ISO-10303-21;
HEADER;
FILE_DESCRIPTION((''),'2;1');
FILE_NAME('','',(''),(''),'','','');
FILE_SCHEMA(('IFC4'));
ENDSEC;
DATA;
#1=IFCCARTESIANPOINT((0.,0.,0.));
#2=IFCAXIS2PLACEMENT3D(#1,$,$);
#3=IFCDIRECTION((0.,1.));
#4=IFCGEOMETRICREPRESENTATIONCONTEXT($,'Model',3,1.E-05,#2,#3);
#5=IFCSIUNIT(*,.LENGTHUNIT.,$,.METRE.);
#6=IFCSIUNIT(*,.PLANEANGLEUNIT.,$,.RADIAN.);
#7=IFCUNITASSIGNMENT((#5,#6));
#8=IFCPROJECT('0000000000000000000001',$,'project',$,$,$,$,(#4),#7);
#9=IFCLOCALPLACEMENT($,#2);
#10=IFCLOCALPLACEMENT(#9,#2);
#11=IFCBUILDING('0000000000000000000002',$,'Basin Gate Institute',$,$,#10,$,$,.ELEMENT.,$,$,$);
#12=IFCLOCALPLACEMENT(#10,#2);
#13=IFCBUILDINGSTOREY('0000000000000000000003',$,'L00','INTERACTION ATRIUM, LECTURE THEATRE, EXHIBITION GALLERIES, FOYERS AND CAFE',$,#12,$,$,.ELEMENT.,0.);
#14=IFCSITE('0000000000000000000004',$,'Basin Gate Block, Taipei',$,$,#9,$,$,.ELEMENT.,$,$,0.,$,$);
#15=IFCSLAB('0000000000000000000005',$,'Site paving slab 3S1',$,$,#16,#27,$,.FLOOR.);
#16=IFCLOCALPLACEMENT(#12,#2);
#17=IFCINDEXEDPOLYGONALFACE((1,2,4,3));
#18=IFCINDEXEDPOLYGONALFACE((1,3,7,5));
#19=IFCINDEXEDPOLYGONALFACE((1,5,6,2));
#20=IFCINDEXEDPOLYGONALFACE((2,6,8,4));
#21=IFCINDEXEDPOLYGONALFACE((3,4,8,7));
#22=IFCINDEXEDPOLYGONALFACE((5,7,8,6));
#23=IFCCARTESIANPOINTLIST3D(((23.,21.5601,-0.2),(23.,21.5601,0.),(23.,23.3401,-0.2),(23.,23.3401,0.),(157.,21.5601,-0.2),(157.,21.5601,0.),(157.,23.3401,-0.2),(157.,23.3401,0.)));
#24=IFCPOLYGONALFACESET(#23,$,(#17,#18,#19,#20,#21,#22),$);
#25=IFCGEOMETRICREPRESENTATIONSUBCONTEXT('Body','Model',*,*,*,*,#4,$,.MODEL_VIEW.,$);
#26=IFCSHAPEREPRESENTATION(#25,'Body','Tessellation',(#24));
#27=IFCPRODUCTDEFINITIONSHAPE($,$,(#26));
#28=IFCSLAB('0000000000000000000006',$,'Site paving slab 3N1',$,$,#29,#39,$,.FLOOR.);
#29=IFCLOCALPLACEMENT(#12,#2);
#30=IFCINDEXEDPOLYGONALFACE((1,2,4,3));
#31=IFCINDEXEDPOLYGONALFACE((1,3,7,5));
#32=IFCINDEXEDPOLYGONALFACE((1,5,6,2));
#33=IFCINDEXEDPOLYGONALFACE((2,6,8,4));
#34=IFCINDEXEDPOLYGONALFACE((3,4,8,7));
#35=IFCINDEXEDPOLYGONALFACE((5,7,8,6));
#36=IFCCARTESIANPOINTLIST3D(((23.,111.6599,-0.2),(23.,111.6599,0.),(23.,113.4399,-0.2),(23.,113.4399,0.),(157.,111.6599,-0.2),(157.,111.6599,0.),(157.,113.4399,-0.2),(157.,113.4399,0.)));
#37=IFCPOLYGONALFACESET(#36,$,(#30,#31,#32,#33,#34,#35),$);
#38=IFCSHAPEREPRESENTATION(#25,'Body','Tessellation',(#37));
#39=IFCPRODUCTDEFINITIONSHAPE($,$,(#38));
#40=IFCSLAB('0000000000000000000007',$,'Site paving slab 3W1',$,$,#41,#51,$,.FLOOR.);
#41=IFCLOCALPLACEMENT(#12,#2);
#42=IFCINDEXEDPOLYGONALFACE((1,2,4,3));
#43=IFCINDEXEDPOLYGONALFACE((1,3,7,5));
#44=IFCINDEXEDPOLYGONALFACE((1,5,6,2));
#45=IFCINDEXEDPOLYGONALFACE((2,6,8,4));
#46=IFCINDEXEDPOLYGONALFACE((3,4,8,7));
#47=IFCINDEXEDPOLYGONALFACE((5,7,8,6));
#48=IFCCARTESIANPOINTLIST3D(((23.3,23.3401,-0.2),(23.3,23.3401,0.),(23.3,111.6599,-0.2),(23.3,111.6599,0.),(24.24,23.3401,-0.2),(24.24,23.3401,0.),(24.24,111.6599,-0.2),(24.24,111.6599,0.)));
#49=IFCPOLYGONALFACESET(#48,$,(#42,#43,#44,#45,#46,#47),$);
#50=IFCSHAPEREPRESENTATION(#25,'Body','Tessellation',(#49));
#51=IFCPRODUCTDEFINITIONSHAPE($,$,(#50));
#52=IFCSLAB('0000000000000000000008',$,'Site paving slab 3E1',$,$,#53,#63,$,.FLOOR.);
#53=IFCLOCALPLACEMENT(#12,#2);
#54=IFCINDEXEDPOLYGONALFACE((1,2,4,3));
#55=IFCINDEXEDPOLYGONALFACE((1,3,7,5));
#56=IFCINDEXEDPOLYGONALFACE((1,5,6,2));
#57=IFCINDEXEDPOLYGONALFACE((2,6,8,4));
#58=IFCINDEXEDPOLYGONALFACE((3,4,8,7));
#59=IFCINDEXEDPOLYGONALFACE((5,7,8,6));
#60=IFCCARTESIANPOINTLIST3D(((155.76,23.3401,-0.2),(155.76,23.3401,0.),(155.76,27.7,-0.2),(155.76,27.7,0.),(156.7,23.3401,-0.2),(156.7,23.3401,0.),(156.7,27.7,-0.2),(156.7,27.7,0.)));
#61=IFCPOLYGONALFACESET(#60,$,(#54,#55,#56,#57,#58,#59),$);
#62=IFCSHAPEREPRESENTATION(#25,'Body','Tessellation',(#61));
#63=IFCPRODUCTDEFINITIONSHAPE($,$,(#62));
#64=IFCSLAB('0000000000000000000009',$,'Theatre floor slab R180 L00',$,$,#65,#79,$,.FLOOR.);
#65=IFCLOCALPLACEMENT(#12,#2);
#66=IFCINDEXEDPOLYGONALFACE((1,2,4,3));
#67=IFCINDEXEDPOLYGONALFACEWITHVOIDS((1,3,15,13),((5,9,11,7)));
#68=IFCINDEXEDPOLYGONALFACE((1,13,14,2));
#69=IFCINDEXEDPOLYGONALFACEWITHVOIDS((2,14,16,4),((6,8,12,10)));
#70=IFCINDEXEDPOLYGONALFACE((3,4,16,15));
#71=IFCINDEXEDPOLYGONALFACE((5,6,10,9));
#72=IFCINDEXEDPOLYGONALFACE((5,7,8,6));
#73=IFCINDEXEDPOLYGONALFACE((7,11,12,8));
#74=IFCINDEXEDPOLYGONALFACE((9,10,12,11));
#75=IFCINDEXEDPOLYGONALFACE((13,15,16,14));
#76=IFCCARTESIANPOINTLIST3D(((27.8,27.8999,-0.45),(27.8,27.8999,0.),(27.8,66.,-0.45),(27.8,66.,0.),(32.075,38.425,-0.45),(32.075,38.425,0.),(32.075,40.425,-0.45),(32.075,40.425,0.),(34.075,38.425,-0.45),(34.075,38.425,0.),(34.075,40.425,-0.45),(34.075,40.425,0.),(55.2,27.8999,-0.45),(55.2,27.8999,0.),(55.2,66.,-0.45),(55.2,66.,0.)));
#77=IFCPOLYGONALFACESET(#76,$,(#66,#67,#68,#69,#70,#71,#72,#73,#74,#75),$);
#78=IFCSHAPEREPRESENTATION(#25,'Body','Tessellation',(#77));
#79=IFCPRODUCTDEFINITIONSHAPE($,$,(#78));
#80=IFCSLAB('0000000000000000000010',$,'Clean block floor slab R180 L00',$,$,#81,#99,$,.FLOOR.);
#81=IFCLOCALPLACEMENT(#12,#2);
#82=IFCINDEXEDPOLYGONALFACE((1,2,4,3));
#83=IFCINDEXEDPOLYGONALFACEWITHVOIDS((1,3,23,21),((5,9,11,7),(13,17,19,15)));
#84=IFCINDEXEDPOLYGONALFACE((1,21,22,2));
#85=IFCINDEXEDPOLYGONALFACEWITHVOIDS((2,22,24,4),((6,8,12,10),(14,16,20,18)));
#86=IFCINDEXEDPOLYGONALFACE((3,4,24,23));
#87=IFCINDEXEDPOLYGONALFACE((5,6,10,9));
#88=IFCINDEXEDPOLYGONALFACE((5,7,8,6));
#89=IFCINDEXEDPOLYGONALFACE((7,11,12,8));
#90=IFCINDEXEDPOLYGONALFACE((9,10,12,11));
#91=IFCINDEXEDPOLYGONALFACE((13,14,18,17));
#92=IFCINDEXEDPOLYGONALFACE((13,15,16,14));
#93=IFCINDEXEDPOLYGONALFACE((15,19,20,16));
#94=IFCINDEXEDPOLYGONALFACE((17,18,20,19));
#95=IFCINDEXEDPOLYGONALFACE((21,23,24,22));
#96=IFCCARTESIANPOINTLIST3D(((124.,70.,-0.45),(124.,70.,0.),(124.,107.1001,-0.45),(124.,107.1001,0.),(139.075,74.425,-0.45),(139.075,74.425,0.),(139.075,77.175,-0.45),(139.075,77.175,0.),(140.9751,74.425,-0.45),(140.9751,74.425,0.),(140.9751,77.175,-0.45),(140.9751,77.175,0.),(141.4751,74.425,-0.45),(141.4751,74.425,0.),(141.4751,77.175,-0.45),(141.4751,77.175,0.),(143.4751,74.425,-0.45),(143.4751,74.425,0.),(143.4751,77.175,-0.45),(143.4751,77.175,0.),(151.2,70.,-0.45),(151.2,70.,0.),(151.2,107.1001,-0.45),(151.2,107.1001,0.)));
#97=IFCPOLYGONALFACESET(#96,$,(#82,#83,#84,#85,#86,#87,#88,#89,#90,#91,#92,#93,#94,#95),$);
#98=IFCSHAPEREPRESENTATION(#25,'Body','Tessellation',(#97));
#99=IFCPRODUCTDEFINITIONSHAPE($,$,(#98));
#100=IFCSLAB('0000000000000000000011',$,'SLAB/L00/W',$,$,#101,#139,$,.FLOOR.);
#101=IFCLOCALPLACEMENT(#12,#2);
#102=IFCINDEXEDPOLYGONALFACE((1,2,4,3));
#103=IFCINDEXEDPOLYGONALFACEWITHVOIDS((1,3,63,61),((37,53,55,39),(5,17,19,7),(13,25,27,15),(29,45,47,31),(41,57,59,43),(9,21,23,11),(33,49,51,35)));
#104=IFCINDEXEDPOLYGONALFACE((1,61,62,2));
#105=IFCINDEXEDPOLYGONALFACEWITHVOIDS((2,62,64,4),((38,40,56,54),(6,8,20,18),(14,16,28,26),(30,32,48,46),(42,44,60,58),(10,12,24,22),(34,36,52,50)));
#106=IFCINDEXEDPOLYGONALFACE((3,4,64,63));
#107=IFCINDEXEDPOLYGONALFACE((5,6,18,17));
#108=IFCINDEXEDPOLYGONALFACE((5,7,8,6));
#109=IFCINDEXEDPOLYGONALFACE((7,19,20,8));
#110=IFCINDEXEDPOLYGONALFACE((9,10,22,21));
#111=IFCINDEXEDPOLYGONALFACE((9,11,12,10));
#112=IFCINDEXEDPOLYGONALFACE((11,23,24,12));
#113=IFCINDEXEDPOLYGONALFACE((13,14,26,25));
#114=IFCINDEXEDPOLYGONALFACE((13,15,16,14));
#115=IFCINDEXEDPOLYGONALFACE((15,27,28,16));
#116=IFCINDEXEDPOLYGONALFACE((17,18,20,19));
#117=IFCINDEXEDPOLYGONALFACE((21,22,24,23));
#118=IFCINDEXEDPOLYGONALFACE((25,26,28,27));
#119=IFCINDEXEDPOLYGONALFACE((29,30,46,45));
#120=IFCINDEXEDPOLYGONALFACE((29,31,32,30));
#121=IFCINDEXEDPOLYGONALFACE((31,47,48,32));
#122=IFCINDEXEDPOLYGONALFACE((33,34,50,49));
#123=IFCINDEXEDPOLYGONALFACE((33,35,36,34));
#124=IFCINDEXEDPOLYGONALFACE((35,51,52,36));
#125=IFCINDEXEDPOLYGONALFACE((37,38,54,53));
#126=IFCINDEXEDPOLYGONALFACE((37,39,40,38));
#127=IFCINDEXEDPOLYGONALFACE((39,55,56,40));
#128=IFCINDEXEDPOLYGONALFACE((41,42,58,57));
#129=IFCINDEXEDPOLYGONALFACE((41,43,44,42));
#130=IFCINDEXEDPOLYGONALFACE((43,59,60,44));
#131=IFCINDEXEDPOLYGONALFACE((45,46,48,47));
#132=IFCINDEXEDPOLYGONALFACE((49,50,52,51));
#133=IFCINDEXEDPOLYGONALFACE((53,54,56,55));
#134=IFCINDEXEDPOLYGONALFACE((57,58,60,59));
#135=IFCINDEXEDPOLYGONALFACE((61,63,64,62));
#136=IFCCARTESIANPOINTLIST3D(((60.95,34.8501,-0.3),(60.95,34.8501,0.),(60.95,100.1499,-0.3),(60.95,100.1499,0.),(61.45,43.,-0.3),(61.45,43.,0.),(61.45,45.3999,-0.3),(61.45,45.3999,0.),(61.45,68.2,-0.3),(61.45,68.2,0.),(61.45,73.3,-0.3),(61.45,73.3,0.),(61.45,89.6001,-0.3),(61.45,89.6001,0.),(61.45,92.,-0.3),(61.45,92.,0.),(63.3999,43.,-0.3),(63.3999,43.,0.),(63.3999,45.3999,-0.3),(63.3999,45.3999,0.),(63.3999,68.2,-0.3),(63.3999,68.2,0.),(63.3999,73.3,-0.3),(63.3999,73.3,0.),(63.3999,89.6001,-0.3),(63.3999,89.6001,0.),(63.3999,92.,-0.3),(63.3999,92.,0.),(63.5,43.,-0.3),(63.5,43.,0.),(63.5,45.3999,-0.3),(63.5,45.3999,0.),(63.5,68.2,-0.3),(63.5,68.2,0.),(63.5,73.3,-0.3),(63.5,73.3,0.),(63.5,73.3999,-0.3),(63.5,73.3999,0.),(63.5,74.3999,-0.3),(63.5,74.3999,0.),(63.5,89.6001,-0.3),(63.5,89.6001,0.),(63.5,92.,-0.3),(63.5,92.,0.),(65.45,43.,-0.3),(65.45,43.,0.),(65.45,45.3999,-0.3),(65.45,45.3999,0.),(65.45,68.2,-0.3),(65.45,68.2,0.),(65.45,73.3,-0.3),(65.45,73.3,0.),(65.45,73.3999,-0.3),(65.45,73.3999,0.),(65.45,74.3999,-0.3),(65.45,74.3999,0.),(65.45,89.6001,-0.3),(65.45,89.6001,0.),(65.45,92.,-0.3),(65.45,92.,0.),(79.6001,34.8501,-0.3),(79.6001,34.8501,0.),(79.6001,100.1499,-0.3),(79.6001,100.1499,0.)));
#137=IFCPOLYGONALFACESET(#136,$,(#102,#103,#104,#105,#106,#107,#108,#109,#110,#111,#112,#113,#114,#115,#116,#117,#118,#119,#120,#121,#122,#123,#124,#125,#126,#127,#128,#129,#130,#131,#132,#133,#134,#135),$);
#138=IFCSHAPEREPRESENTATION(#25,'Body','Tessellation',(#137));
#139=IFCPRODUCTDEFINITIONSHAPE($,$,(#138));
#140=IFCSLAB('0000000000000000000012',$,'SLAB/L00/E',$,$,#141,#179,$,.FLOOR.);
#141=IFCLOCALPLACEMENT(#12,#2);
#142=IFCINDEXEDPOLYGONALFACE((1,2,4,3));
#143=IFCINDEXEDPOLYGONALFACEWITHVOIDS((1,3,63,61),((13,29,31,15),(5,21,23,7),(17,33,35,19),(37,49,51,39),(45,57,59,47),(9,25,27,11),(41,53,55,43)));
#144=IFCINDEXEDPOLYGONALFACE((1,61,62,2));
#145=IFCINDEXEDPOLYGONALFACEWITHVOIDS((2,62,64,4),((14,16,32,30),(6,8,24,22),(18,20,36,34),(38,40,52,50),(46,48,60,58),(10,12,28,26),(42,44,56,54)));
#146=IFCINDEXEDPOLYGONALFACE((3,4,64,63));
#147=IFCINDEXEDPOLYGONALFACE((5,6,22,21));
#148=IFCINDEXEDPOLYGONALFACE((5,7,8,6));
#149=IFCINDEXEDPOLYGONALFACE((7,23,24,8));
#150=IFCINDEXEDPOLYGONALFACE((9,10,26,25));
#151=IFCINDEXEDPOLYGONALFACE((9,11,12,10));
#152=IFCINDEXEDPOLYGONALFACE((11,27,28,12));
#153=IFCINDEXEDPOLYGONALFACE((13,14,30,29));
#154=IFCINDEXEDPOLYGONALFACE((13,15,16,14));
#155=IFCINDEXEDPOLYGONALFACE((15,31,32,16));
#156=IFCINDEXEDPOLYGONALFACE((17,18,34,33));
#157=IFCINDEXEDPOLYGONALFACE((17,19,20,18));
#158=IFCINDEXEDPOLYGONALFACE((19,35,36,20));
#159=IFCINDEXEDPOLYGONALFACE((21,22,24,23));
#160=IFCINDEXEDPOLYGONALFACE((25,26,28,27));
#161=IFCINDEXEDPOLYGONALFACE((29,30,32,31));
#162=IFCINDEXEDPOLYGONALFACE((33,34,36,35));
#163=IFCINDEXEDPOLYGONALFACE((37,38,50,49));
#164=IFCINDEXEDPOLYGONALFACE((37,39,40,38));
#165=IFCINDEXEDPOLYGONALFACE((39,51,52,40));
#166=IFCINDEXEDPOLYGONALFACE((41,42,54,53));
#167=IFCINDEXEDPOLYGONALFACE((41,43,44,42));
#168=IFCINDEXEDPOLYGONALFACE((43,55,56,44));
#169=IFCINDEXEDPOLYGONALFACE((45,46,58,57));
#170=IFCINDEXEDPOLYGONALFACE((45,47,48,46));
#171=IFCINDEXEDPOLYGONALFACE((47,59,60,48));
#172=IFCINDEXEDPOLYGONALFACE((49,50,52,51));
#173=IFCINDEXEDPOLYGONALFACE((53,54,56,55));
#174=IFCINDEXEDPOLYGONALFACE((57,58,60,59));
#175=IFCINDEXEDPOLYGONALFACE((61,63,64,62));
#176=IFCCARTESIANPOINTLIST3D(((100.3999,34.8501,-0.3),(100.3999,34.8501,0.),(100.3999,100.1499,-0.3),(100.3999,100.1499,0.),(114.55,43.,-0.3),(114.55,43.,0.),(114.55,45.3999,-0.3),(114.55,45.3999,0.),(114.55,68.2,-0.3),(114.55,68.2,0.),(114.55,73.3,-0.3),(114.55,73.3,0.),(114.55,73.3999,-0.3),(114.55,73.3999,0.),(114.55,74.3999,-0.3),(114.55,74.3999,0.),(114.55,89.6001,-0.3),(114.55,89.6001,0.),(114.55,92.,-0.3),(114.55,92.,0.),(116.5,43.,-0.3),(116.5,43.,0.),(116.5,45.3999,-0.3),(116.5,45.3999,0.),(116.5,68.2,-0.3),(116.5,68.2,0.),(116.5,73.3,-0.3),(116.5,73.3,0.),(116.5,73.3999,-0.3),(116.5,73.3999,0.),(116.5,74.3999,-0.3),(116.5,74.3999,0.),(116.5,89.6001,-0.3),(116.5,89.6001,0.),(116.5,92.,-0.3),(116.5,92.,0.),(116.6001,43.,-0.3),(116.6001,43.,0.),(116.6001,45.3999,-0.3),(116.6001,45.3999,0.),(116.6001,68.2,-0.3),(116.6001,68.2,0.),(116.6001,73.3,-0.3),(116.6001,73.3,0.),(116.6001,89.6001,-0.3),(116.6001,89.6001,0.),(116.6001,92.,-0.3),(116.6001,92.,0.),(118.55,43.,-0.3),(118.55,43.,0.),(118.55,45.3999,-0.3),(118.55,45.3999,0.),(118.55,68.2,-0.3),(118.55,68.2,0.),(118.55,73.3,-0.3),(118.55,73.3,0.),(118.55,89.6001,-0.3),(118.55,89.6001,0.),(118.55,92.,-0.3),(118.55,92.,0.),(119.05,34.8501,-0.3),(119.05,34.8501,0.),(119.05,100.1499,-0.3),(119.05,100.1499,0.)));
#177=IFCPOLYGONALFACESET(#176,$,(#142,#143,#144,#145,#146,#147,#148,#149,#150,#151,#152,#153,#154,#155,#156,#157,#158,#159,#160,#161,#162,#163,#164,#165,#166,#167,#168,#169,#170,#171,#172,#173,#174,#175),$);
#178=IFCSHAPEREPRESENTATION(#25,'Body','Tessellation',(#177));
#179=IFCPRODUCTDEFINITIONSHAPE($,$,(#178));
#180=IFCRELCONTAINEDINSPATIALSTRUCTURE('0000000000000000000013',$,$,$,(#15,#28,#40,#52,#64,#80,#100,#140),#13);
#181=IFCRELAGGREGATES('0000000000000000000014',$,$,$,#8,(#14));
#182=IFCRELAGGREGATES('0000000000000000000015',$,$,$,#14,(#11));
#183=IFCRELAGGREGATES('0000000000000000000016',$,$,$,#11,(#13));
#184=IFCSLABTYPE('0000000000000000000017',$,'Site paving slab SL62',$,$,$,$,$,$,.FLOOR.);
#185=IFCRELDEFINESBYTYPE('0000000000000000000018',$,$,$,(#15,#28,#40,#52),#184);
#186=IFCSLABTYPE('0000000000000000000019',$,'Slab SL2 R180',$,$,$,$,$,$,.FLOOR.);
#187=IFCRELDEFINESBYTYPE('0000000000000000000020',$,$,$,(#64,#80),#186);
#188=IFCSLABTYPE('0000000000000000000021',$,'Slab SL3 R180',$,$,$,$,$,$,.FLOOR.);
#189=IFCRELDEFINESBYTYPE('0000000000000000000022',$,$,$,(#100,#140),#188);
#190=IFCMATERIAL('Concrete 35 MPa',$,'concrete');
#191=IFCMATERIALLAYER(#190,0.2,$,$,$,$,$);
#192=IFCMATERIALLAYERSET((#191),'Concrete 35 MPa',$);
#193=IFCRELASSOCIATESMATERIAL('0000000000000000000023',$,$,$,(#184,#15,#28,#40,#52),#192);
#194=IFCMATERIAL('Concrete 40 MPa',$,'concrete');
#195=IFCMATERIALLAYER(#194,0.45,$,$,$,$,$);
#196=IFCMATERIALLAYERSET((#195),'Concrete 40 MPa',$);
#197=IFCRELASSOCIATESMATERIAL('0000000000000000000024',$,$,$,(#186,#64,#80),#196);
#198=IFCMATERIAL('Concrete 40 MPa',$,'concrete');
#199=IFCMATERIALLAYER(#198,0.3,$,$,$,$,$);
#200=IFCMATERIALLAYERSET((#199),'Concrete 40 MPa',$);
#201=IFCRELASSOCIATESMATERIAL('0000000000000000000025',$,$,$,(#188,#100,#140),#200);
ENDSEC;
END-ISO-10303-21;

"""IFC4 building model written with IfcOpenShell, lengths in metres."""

from ifc_helpers import new_model, si_unit, direction, frame, origin, place, context, subcontext, project, spatial, polyline, outline, extrude, material, layer, layer_set, type_object, element, save


model = new_model("IFC4")

# Units and contexts
model_context = context("Model", 3, precision=1e-05, world=origin(), true_north=direction((0.0, 1.0)))
body_context = subcontext(model_context, "Body", "Model", "MODEL_VIEW")
ifc_project = project(units=[si_unit("LENGTHUNIT", "METRE"), si_unit("PLANEANGLEUNIT", "RADIAN")], contexts=[model_context])

# Site, building, storey
site_placement = place(None, origin())
site = spatial("IfcSite", under=ifc_project, at=site_placement, Name="Basin Gate Block, Taipei", CompositionType="ELEMENT", RefElevation=0.0)
building_placement = place(site_placement, origin())
building = spatial("IfcBuilding", under=site, at=building_placement, Name="Basin Gate Institute", CompositionType="ELEMENT")
storey_placement = place(building_placement, origin())
storey = spatial("IfcBuildingStorey", under=building, at=storey_placement, Name="L00", Description="INTERACTION ATRIUM, LECTURE THEATRE, EXHIBITION GALLERIES, FOYERS AND CAFE", CompositionType="ELEMENT", Elevation=0.0)

# Slabs
ifc_material_1 = material(Name="Concrete 35 MPa", Category="concrete")
ifc_layer_1 = layer(ifc_material_1, 0.2)
ifc_layer_set_1 = layer_set([ifc_layer_1], Name="Concrete 35 MPa")
slab_type_1 = type_object("IfcSlabType", Name="Site paving slab SL62", PredefinedType="FLOOR", material=ifc_layer_set_1)
slab_1_placement = place(storey_placement, frame((0.0, 0.0, -0.2)))
element("IfcSlab", 1, at=slab_1_placement, inside=storey, type_object=slab_type_1, material=ifc_layer_set_1, Name="Site paving slab 3S1", PredefinedType="FLOOR", context=body_context, shape_type="SweptSolid", body=[
    extrude(outline(polyline([(23.0, 21.5601), (23.0, 23.3401), (157.0, 23.3401), (157.0, 21.5601), (23.0, 21.5601)])), origin(), (0.0, 0.0, 1.0), 0.2),
])
slab_2_placement = place(storey_placement, frame((0.0, 0.0, -0.2)))
element("IfcSlab", 2, at=slab_2_placement, inside=storey, type_object=slab_type_1, material=ifc_layer_set_1, Name="Site paving slab 3N1", PredefinedType="FLOOR", context=body_context, shape_type="SweptSolid", body=[
    extrude(outline(polyline([(23.0, 111.6599), (23.0, 113.4399), (157.0, 113.4399), (157.0, 111.6599), (23.0, 111.6599)])), origin(), (0.0, 0.0, 1.0), 0.2),
])
slab_3_placement = place(storey_placement, frame((0.0, 0.0, -0.2)))
element("IfcSlab", 3, at=slab_3_placement, inside=storey, type_object=slab_type_1, material=ifc_layer_set_1, Name="Site paving slab 3W1", PredefinedType="FLOOR", context=body_context, shape_type="SweptSolid", body=[
    extrude(outline(polyline([(23.3, 23.3401), (23.3, 111.6599), (24.24, 111.6599), (24.24, 23.3401), (23.3, 23.3401)])), origin(), (0.0, 0.0, 1.0), 0.2),
])
slab_4_placement = place(storey_placement, frame((0.0, 0.0, -0.2)))
element("IfcSlab", 4, at=slab_4_placement, inside=storey, type_object=slab_type_1, material=ifc_layer_set_1, Name="Site paving slab 3E1", PredefinedType="FLOOR", context=body_context, shape_type="SweptSolid", body=[
    extrude(outline(polyline([(155.76, 23.3401), (155.76, 27.7), (156.7, 27.7), (156.7, 23.3401), (155.76, 23.3401)])), origin(), (0.0, 0.0, 1.0), 0.2),
])
ifc_material_2 = material(Name="Concrete 40 MPa", Category="concrete")
ifc_layer_2 = layer(ifc_material_2, 0.45)
ifc_layer_set_2 = layer_set([ifc_layer_2], Name="Concrete 40 MPa")
slab_type_2 = type_object("IfcSlabType", Name="Slab SL2 R180", PredefinedType="FLOOR", material=ifc_layer_set_2)
slab_5_placement = place(storey_placement, frame((0.0, 0.0, -0.45)))
element("IfcSlab", 5, at=slab_5_placement, inside=storey, type_object=slab_type_2, material=ifc_layer_set_2, Name="Theatre floor slab R180 L00", PredefinedType="FLOOR", context=body_context, shape_type="SweptSolid", body=[
    extrude(outline(polyline([(27.8, 66.0), (27.8, 27.8999), (55.2, 27.8999), (55.2, 66.0), (27.8, 66.0)]), holes=[polyline([(34.075, 38.425), (32.075, 38.425), (32.075, 40.425), (34.075, 40.425), (34.075, 38.425)])]), origin(), (0.0, 0.0, 1.0), 0.45),
])
slab_6_placement = place(storey_placement, frame((0.0, 0.0, -0.45)))
element("IfcSlab", 6, at=slab_6_placement, inside=storey, type_object=slab_type_2, material=ifc_layer_set_2, Name="Clean block floor slab R180 L00", PredefinedType="FLOOR", context=body_context, shape_type="SweptSolid", body=[
    extrude(outline(polyline([(124.0, 107.1001), (124.0, 70.0), (151.2, 70.0), (151.2, 107.1001), (124.0, 107.1001)]), holes=[polyline([(139.075, 74.425), (139.075, 77.175), (140.9751, 77.175), (140.9751, 74.425), (139.075, 74.425)]), polyline([(141.4751, 74.425), (141.4751, 77.175), (143.4751, 77.175), (143.4751, 74.425), (141.4751, 74.425)])]), origin(), (0.0, 0.0, 1.0), 0.45),
])
ifc_material_3 = material(Name="Concrete 40 MPa", Category="concrete")
ifc_layer_3 = layer(ifc_material_3, 0.3)
ifc_layer_set_3 = layer_set([ifc_layer_3], Name="Concrete 40 MPa")
slab_type_3 = type_object("IfcSlabType", Name="Slab SL3 R180", PredefinedType="FLOOR", material=ifc_layer_set_3)
slab_7_placement = place(storey_placement, frame((0.0, 0.0, -0.3)))
element("IfcSlab", 7, at=slab_7_placement, inside=storey, type_object=slab_type_3, material=ifc_layer_set_3, Name="SLAB/L00/W", PredefinedType="FLOOR", context=body_context, shape_type="SweptSolid", body=[
    extrude(outline(polyline([(60.95, 34.8501), (79.6001, 34.8501), (79.6001, 100.1499), (60.95, 100.1499), (60.95, 34.8501)]), holes=[polyline([(61.45, 43.0), (63.3999, 43.0), (63.3999, 45.3999), (61.45, 45.3999), (61.45, 43.0)]), polyline([(61.45, 68.2), (63.3999, 68.2), (63.3999, 73.3), (61.45, 73.3), (61.45, 68.2)]), polyline([(63.5, 73.3999), (65.45, 73.3999), (65.45, 74.3999), (63.5, 74.3999), (63.5, 73.3999)]), polyline([(61.45, 89.6001), (63.3999, 89.6001), (63.3999, 92.0), (61.45, 92.0), (61.45, 89.6001)]), polyline([(63.5, 43.0), (65.45, 43.0), (65.45, 45.3999), (63.5, 45.3999), (63.5, 43.0)]), polyline([(65.45, 68.2), (63.5, 68.2), (63.5, 73.3), (65.45, 73.3), (65.45, 68.2)]), polyline([(63.5, 89.6001), (65.45, 89.6001), (65.45, 92.0), (63.5, 92.0), (63.5, 89.6001)])]), origin(), (0.0, 0.0, 1.0), 0.3),
])
slab_8_placement = place(storey_placement, frame((0.0, 0.0, -0.3)))
element("IfcSlab", 8, at=slab_8_placement, inside=storey, type_object=slab_type_3, material=ifc_layer_set_3, Name="SLAB/L00/E", PredefinedType="FLOOR", context=body_context, shape_type="SweptSolid", body=[
    extrude(outline(polyline([(119.05, 100.1499), (100.3999, 100.1499), (100.3999, 34.8501), (119.05, 34.8501), (119.05, 100.1499)]), holes=[polyline([(118.55, 45.3999), (116.6001, 45.3999), (116.6001, 43.0), (118.55, 43.0), (118.55, 45.3999)]), polyline([(118.55, 73.3), (116.6001, 73.3), (116.6001, 68.2), (118.55, 68.2), (118.55, 73.3)]), polyline([(116.5, 74.3999), (114.55, 74.3999), (114.55, 73.3999), (116.5, 73.3999), (116.5, 74.3999)]), polyline([(118.55, 92.0), (116.6001, 92.0), (116.6001, 89.6001), (118.55, 89.6001), (118.55, 92.0)]), polyline([(116.5, 45.3999), (114.55, 45.3999), (114.55, 43.0), (116.5, 43.0), (116.5, 45.3999)]), polyline([(116.5, 68.2), (114.55, 68.2), (114.55, 73.3), (116.5, 73.3), (116.5, 68.2)]), polyline([(116.5, 92.0), (114.55, 92.0), (114.55, 89.6001), (116.5, 89.6001), (116.5, 92.0)])]), origin(), (0.0, 0.0, 1.0), 0.3),
])

save(model, "model.ifc")
